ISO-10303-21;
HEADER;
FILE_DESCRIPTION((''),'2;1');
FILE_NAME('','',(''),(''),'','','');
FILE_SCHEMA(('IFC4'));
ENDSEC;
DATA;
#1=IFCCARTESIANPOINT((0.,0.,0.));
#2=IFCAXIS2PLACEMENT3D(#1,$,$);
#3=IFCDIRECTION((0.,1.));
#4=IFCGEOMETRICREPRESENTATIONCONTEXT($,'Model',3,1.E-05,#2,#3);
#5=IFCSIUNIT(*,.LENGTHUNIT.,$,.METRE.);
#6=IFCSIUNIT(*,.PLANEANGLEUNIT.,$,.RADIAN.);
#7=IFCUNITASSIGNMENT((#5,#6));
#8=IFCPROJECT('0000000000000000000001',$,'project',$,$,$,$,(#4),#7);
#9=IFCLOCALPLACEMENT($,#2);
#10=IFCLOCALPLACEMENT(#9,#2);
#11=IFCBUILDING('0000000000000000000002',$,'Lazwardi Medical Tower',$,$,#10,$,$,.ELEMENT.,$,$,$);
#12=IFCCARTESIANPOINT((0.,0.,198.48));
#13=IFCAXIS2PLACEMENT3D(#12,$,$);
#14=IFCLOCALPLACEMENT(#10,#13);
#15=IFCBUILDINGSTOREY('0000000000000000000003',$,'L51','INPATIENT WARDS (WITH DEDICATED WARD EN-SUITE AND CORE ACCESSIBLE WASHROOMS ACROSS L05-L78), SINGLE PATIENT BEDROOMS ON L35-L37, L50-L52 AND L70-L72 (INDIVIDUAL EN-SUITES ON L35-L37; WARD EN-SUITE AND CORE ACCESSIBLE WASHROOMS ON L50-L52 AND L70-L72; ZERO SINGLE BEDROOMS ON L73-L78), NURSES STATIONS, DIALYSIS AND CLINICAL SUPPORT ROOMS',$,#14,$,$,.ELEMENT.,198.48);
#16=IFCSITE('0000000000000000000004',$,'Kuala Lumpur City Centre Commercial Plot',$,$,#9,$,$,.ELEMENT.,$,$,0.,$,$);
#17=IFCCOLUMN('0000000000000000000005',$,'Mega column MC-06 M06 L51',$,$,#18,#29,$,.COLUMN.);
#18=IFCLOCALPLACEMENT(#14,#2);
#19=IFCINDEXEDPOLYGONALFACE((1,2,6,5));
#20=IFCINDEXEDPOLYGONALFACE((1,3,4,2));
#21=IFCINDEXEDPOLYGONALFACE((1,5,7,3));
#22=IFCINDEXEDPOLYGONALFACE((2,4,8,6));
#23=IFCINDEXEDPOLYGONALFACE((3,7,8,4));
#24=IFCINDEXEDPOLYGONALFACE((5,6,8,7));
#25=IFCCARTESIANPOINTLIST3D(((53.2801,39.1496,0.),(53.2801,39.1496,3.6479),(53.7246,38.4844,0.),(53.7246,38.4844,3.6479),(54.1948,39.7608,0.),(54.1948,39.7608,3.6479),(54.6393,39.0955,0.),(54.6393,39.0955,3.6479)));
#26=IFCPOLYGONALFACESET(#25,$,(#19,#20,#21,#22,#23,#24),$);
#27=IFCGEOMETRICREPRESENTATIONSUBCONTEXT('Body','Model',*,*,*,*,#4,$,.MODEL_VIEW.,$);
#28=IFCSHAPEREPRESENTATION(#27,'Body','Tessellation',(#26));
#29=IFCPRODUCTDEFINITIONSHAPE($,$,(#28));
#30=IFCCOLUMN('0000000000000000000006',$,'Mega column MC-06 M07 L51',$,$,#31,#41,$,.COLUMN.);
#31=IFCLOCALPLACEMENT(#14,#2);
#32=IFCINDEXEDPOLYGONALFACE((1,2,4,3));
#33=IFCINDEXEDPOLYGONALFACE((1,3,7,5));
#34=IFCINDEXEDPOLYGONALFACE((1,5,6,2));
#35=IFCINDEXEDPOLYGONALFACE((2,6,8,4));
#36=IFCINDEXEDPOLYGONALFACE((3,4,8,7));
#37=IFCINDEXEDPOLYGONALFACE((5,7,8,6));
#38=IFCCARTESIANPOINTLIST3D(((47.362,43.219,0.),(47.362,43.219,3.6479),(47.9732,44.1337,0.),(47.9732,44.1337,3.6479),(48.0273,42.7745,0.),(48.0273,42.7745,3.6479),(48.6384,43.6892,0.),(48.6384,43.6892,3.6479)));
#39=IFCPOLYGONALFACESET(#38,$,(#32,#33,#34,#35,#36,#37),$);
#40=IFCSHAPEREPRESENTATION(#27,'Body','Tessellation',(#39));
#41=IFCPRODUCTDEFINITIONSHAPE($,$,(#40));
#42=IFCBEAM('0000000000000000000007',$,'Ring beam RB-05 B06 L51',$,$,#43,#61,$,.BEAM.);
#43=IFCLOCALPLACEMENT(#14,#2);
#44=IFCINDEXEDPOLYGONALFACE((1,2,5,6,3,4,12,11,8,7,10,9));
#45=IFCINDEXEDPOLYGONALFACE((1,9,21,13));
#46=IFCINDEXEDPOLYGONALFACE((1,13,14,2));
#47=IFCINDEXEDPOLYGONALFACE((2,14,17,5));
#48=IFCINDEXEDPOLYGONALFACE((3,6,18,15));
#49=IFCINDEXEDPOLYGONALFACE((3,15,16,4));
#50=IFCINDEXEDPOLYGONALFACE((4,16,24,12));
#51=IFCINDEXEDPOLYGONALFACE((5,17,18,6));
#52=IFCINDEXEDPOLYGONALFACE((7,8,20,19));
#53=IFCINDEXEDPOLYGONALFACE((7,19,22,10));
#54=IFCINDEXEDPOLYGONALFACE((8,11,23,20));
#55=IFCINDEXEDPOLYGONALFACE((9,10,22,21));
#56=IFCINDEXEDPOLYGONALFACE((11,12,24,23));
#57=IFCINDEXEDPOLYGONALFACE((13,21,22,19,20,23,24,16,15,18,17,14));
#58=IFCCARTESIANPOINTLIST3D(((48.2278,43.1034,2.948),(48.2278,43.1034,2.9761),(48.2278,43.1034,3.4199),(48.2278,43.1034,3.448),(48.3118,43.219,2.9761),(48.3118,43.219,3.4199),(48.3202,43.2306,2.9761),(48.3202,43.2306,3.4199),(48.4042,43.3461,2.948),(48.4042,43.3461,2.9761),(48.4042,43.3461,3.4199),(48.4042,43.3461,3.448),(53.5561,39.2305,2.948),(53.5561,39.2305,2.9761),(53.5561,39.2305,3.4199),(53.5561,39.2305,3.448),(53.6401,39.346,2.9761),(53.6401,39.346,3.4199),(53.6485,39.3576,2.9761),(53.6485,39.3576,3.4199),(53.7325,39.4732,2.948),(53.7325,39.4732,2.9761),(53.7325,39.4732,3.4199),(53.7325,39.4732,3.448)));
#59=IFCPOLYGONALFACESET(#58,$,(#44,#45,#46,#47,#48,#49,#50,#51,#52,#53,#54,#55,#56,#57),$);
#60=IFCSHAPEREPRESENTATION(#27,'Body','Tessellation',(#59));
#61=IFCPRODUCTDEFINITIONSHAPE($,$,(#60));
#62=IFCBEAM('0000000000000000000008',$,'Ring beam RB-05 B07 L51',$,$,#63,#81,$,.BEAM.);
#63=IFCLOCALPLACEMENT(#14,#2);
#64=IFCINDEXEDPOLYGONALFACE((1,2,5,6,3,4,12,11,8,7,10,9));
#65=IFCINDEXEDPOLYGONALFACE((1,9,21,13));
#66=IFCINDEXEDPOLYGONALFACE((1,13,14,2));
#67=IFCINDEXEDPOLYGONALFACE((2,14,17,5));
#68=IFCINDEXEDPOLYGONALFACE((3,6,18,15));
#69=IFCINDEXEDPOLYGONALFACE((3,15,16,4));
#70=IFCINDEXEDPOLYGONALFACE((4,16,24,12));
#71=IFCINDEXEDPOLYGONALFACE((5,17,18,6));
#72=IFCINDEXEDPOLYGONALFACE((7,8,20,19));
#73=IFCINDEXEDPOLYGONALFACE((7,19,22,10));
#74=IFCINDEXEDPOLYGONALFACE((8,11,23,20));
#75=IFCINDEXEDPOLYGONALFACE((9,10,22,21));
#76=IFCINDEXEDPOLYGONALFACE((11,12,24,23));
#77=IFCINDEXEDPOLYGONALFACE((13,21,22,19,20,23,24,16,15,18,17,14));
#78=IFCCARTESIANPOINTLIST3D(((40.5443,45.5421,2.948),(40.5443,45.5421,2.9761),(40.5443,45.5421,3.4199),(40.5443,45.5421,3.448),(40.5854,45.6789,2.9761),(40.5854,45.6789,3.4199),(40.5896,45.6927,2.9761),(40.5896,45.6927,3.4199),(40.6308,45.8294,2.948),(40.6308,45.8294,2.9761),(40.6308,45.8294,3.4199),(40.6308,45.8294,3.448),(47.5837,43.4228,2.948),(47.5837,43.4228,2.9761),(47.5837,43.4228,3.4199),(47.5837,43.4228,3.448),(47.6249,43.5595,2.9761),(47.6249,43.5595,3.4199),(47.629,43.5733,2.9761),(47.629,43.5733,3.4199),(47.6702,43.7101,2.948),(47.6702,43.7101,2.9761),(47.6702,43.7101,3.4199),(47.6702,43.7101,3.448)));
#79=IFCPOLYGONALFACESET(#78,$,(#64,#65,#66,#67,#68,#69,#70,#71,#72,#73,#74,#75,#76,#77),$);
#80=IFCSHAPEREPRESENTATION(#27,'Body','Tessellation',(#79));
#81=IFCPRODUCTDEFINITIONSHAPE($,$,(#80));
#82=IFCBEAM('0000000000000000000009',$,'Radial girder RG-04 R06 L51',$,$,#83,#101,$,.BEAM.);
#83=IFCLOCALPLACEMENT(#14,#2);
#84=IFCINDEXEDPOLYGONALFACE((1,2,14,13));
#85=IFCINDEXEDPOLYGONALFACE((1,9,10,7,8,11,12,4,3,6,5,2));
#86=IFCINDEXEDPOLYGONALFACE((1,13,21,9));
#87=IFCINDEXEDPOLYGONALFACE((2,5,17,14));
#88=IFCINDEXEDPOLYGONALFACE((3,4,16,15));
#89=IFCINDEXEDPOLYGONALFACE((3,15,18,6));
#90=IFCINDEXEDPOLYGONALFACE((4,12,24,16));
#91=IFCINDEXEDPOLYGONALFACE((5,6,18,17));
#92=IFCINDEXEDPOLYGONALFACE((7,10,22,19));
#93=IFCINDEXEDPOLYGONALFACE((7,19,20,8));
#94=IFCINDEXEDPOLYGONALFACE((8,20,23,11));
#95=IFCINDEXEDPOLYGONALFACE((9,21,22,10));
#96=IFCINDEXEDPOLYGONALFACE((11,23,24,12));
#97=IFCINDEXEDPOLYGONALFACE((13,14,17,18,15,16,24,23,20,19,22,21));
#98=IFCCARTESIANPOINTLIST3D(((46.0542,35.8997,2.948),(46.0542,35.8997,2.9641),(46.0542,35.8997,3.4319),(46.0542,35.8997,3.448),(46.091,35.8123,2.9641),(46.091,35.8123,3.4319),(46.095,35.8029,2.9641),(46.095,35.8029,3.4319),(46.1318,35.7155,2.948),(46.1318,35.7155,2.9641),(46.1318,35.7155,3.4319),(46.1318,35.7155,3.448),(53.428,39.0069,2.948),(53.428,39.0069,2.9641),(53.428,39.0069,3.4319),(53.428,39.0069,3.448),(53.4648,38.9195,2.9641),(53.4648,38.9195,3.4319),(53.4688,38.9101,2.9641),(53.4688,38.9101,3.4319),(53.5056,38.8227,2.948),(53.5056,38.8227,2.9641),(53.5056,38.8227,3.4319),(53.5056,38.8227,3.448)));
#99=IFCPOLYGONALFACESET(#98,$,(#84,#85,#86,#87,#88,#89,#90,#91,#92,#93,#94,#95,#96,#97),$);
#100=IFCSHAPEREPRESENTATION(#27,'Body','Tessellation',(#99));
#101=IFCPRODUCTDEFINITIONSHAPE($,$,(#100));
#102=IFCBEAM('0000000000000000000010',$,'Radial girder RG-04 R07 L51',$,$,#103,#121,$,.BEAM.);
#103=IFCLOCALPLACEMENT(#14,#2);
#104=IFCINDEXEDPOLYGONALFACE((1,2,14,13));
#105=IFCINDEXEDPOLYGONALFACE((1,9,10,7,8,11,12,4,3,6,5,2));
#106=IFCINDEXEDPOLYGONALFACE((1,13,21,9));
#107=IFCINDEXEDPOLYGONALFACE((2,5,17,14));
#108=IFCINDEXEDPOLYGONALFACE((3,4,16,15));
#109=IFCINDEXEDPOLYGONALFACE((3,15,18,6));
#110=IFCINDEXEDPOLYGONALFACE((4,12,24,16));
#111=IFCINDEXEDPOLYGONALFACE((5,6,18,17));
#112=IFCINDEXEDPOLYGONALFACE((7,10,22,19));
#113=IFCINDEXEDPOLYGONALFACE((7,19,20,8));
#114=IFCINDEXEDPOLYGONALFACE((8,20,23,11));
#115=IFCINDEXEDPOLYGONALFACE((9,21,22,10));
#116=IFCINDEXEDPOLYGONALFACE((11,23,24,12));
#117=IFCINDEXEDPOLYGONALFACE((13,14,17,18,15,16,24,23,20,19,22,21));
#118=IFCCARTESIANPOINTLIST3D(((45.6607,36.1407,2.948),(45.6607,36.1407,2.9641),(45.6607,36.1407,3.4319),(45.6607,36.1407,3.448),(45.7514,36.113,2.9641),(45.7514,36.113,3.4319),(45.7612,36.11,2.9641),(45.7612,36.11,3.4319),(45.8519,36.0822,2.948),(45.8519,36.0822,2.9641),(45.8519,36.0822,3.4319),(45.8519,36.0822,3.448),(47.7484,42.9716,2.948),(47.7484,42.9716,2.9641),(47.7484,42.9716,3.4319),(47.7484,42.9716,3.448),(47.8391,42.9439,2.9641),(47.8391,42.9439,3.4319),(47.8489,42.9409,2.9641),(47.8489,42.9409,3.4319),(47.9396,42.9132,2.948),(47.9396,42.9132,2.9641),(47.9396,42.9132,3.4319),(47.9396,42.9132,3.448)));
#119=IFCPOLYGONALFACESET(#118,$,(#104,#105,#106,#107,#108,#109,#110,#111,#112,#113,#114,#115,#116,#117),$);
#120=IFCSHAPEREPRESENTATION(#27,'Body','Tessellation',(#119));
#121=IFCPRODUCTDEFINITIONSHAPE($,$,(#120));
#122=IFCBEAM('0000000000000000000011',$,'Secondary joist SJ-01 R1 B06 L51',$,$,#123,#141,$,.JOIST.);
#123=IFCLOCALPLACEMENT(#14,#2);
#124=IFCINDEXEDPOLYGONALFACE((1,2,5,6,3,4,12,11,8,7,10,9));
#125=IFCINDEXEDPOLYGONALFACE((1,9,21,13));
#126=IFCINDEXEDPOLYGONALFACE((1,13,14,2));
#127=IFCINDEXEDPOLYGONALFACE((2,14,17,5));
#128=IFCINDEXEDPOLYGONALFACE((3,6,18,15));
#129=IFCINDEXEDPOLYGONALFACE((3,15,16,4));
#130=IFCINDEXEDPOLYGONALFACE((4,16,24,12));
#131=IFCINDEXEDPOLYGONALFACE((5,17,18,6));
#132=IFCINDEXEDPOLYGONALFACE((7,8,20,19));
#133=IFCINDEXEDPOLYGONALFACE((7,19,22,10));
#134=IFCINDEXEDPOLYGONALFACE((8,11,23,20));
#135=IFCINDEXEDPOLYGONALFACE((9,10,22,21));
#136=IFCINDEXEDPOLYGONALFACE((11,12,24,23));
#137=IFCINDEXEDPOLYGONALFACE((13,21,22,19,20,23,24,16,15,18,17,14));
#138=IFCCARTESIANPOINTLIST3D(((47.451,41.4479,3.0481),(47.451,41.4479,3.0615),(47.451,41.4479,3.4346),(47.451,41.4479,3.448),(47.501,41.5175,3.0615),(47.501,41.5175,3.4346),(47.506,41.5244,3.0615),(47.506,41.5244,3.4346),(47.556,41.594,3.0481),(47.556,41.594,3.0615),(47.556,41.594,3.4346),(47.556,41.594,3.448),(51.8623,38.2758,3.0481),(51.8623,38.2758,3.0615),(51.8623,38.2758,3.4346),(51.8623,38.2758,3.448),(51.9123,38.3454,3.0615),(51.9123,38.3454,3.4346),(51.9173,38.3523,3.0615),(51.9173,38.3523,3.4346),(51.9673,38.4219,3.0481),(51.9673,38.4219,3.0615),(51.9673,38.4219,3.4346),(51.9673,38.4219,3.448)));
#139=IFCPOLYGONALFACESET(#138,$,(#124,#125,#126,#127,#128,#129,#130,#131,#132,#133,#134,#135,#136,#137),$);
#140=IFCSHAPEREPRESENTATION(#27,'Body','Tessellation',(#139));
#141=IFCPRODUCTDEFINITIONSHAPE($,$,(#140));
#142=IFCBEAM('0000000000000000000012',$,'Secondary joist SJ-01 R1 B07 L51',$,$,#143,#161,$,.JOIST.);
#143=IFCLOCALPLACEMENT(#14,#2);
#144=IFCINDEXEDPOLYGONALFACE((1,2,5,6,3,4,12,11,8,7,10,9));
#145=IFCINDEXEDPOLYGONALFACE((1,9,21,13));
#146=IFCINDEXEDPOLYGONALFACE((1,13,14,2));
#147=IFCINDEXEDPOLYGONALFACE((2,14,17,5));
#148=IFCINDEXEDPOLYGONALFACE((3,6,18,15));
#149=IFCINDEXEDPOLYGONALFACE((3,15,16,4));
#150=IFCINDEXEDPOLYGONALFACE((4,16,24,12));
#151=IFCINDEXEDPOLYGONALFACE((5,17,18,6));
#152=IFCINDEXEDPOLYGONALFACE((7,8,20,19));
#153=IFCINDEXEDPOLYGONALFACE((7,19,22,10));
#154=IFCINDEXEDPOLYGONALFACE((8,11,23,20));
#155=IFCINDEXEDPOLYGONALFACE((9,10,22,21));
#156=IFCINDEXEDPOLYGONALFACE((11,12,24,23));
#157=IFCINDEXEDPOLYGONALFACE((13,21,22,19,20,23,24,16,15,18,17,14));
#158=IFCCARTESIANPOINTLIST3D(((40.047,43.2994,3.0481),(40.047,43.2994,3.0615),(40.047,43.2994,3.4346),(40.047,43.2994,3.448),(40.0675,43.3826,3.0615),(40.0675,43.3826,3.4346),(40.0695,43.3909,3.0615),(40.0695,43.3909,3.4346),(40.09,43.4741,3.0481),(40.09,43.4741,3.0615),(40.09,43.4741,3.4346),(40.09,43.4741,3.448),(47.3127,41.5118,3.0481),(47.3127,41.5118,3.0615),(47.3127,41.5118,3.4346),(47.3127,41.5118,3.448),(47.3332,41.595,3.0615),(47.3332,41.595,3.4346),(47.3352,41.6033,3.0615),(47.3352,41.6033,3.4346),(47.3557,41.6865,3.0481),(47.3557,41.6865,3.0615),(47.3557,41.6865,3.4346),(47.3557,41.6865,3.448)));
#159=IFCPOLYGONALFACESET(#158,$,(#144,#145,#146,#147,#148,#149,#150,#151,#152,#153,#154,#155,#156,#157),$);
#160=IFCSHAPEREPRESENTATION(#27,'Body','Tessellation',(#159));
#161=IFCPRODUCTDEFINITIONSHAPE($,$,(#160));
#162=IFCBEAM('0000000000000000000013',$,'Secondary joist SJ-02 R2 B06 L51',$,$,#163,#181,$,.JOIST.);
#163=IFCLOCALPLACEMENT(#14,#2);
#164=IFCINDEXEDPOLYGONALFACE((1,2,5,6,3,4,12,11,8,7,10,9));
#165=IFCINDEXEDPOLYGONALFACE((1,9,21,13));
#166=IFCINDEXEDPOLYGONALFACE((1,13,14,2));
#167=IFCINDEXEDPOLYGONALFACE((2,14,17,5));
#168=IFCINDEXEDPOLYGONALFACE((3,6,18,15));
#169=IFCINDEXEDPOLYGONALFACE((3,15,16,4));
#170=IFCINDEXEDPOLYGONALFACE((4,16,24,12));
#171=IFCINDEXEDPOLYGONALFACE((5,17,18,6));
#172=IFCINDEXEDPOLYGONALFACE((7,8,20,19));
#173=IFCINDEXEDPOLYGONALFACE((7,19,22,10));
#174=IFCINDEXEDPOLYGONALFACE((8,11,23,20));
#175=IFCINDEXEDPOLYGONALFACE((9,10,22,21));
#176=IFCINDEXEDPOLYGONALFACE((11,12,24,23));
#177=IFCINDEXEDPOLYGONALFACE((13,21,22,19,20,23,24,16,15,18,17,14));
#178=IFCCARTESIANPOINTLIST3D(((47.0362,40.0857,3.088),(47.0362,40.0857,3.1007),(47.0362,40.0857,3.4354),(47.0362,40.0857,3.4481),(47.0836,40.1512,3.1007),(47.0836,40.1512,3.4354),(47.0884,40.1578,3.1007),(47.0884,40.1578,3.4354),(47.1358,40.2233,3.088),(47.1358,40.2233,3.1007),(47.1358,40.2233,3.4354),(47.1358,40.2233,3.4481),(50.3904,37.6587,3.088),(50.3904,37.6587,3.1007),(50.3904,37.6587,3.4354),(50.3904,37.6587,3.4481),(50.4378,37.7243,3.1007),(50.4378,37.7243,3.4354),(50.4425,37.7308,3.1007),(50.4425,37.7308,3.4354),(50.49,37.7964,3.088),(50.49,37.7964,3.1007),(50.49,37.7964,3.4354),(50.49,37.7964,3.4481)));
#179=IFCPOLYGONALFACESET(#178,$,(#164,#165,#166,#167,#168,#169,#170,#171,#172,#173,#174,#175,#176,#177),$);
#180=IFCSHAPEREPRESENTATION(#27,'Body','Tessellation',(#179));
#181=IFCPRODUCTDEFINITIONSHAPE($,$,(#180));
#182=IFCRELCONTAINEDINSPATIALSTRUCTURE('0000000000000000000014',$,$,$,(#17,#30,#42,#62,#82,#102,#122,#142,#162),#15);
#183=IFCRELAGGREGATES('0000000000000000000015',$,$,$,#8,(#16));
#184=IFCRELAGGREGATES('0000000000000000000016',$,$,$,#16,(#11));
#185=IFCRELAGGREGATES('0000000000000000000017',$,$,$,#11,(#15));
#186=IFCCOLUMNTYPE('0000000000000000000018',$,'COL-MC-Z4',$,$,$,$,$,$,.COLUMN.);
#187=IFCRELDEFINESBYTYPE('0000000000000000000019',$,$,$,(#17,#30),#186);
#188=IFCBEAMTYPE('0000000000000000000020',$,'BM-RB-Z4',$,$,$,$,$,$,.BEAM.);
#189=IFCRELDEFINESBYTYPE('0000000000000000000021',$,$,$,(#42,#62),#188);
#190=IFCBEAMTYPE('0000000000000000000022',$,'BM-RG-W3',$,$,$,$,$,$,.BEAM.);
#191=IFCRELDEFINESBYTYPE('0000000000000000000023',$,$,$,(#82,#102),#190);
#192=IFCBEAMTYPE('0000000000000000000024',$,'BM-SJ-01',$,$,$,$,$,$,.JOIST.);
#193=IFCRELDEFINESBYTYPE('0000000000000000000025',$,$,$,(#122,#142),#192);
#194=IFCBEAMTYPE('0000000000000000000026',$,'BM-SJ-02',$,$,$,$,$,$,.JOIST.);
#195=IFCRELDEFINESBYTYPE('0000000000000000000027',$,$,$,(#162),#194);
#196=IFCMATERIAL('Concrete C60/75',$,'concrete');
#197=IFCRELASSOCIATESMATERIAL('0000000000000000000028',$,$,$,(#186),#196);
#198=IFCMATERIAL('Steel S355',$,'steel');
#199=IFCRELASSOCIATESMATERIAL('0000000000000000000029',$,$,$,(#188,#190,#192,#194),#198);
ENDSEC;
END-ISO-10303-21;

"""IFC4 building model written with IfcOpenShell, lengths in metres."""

from ifc_helpers import new_model, si_unit, direction, frame, origin, origin_2d, place, context, subcontext, project, spatial, rectangle, i_section, extrude, material, material_profile, profile_set, type_object, element, save


model = new_model("IFC4")

# Units and contexts
model_context = context("Model", 3, precision=1e-05, world=origin(), true_north=direction((0.0, 1.0)))
body_context = subcontext(model_context, "Body", "Model", "MODEL_VIEW")
ifc_project = project(units=[si_unit("LENGTHUNIT", "METRE"), si_unit("PLANEANGLEUNIT", "RADIAN")], contexts=[model_context])

# Site, building, storey
site_placement = place(None, origin())
site = spatial("IfcSite", under=ifc_project, at=site_placement, Name="Kuala Lumpur City Centre Commercial Plot", CompositionType="ELEMENT", RefElevation=0.0)
building_placement = place(site_placement, origin())
building = spatial("IfcBuilding", under=site, at=building_placement, Name="Lazwardi Medical Tower", CompositionType="ELEMENT")
storey_placement = place(building_placement, frame((0.0, 0.0, 198.48)))
storey = spatial("IfcBuildingStorey", under=building, at=storey_placement, Name="L51", Description="INPATIENT WARDS (WITH DEDICATED WARD EN-SUITE AND CORE ACCESSIBLE WASHROOMS ACROSS L05-L78), SINGLE PATIENT BEDROOMS ON L35-L37, L50-L52 AND L70-L72 (INDIVIDUAL EN-SUITES ON L35-L37; WARD EN-SUITE AND CORE ACCESSIBLE WASHROOMS ON L50-L52 AND L70-L72; ZERO SINGLE BEDROOMS ON L73-L78), NURSES STATIONS, DIALYSIS AND CLINICAL SUPPORT ROOMS", CompositionType="ELEMENT", Elevation=198.48)

# Columns
ifc_material_1 = material(Name="Concrete C60/75", Category="concrete")
ifc_material_profile_1 = material_profile(ifc_material_1, rectangle(XDim=1.1001, YDim=0.8, at=origin_2d()), Name="CFT-RECT 1100x800")
ifc_profile_set_1 = profile_set([ifc_material_profile_1], Name="Concrete C60/75")
column_type = type_object("IfcColumnType", Name="COL-MC-Z4", PredefinedType="COLUMN", material=ifc_profile_set_1)
for number, where, z_axis, x_axis, name in (
    (1, (53.9597, 39.1226, 0.0), (0.0, 0.0, 1.0), (0.83147, 0.55557, 0.0), "Mega column MC-06 M06 L51"),
    (2, (48.0002, 43.4541, 0.0), (0.0, 0.0, 1.0), (0.55557, 0.83147, 0.0), "Mega column MC-06 M07 L51"),
):
    element("IfcColumn", number, at=place(storey_placement, frame(where, z_axis=z_axis, x_axis=x_axis)), inside=storey, type_object=column_type, Name=name, PredefinedType="COLUMN", context=body_context, shape_type="SweptSolid", body=[
        extrude(rectangle(XDim=1.1001, YDim=0.8, at=origin_2d()), origin(), (0.0, 0.0, 1.0), 3.6479),
    ])

# Beams
ifc_material_2 = material(Name="Steel S355", Category="steel")
ifc_material_profile_2 = material_profile(ifc_material_2, i_section(OverallWidth=0.3, OverallDepth=0.5, WebThickness=0.0144, FlangeThickness=0.0281, at=origin_2d()), Name="HEB 500")
ifc_profile_set_2 = profile_set([ifc_material_profile_2], Name="Steel S355")
beam_type_1 = type_object("IfcBeamType", Name="BM-RB-Z4", PredefinedType="BEAM", material=ifc_profile_set_2)
beam_1_placement = place(storey_placement, frame((53.6443, 39.3518, 3.198), z_axis=(-0.80889, 0.58796, 0.0), x_axis=(-0.58796, -0.80889, 0.0)))
element("IfcBeam", 3, at=beam_1_placement, inside=storey, type_object=beam_type_1, Name="Ring beam RB-05 B06 L51", PredefinedType="BEAM", context=body_context, shape_type="SweptSolid", body=[
    extrude(i_section(OverallWidth=0.3, OverallDepth=0.5, WebThickness=0.0144, FlangeThickness=0.0281, at=origin_2d()), origin(), (0.0, 0.0, 1.0), 6.5872),
])
beam_2_placement = place(storey_placement, frame((47.627, 43.5664, 3.198), z_axis=(-0.957544, 0.288286, 0.0), x_axis=(-0.288286, -0.957544, 0.0)))
element("IfcBeam", 4, at=beam_2_placement, inside=storey, type_object=beam_type_1, Name="Ring beam RB-05 B07 L51", PredefinedType="BEAM", context=body_context, shape_type="SweptSolid", body=[
    extrude(i_section(OverallWidth=0.3, OverallDepth=0.5, WebThickness=0.0144, FlangeThickness=0.0281, at=origin_2d()), origin(), (0.0, 0.0, 1.0), 7.3516),
])
ifc_material_profile_3 = material_profile(ifc_material_2, i_section(OverallWidth=0.2, OverallDepth=0.5, WebThickness=0.0103, FlangeThickness=0.0161, at=origin_2d()), Name="IPE 500")
ifc_profile_set_3 = profile_set([ifc_material_profile_3], Name="Steel S355")
beam_type_2 = type_object("IfcBeamType", Name="BM-RG-W3", PredefinedType="BEAM", material=ifc_profile_set_3)
beam_3_placement = place(storey_placement, frame((53.4668, 38.9148, 3.198), z_axis=(-0.921527, -0.388315, 0.0), x_axis=(0.388315, -0.921527, 0.0)))
element("IfcBeam", 5, at=beam_3_placement, inside=storey, type_object=beam_type_2, Name="Radial girder RG-04 R06 L51", PredefinedType="BEAM", context=body_context, shape_type="SweptSolid", body=[
    extrude(i_section(OverallWidth=0.2, OverallDepth=0.5, WebThickness=0.0103, FlangeThickness=0.0161, at=origin_2d()), origin(), (0.0, 0.0, 1.0), 8.0017),
])
beam_4_placement = place(storey_placement, frame((47.844, 42.9424, 3.198), z_axis=(-0.292277, -0.956334, 0.0), x_axis=(0.956334, -0.292277, 0.0)))
element("IfcBeam", 6, at=beam_4_placement, inside=storey, type_object=beam_type_2, Name="Radial girder RG-04 R07 L51", PredefinedType="BEAM", context=body_context, shape_type="SweptSolid", body=[
    extrude(i_section(OverallWidth=0.2, OverallDepth=0.5, WebThickness=0.0103, FlangeThickness=0.0161, at=origin_2d()), origin(), (0.0, 0.0, 1.0), 7.1428),
])
ifc_material_profile_4 = material_profile(ifc_material_2, i_section(OverallWidth=0.1799, OverallDepth=0.3999, WebThickness=0.0085, FlangeThickness=0.0134, at=origin_2d()), Name="IPE 400")
ifc_profile_set_4 = profile_set([ifc_material_profile_4], Name="Steel S355")
beam_type_3 = type_object("IfcBeamType", Name="BM-SJ-01", PredefinedType="JOIST", material=ifc_profile_set_4)
beam_5_placement = place(storey_placement, frame((51.9148, 38.3489, 3.248), z_axis=(-0.81189, 0.583811, 0.0), x_axis=(-0.583811, -0.81189, 0.0)))
element("IfcBeam", 7, at=beam_5_placement, inside=storey, type_object=beam_type_3, Name="Secondary joist SJ-01 R1 B06 L51", PredefinedType="JOIST", context=body_context, shape_type="SweptSolid", body=[
    extrude(i_section(OverallWidth=0.1799, OverallDepth=0.3999, WebThickness=0.0085, FlangeThickness=0.0134, at=origin_2d()), origin(), (0.0, 0.0, 1.0), 5.4333),
])
beam_6_placement = place(storey_placement, frame((47.3342, 41.5991, 3.248), z_axis=(-0.971042, 0.23891, 0.0), x_axis=(-0.23891, -0.971042, 0.0)))
element("IfcBeam", 8, at=beam_6_placement, inside=storey, type_object=beam_type_3, Name="Secondary joist SJ-01 R1 B07 L51", PredefinedType="JOIST", context=body_context, shape_type="SweptSolid", body=[
    extrude(i_section(OverallWidth=0.1799, OverallDepth=0.3999, WebThickness=0.0085, FlangeThickness=0.0134, at=origin_2d()), origin(), (0.0, 0.0, 1.0), 7.4824),
])
ifc_material_profile_5 = material_profile(ifc_material_2, i_section(OverallWidth=0.1699, OverallDepth=0.3601, WebThickness=0.0081, FlangeThickness=0.0127, at=origin_2d()), Name="IPE 360")
ifc_profile_set_5 = profile_set([ifc_material_profile_5], Name="Steel S355")
beam_type_4 = type_object("IfcBeamType", Name="BM-SJ-02", PredefinedType="JOIST", material=ifc_profile_set_5)
beam_7_placement = place(storey_placement, frame((50.4402, 37.7275, 3.2681), z_axis=(-0.810164, 0.586203, 0.0), x_axis=(-0.586203, -0.810164, 0.0)))
element("IfcBeam", 9, at=beam_7_placement, inside=storey, type_object=beam_type_4, Name="Secondary joist SJ-02 R2 B06 L51", PredefinedType="JOIST", context=body_context, shape_type="SweptSolid", body=[
    extrude(i_section(OverallWidth=0.1699, OverallDepth=0.3601, WebThickness=0.0081, FlangeThickness=0.0127, at=origin_2d()), origin(), (0.0, 0.0, 1.0), 4.1401),
])

save(model, "model.ifc")
